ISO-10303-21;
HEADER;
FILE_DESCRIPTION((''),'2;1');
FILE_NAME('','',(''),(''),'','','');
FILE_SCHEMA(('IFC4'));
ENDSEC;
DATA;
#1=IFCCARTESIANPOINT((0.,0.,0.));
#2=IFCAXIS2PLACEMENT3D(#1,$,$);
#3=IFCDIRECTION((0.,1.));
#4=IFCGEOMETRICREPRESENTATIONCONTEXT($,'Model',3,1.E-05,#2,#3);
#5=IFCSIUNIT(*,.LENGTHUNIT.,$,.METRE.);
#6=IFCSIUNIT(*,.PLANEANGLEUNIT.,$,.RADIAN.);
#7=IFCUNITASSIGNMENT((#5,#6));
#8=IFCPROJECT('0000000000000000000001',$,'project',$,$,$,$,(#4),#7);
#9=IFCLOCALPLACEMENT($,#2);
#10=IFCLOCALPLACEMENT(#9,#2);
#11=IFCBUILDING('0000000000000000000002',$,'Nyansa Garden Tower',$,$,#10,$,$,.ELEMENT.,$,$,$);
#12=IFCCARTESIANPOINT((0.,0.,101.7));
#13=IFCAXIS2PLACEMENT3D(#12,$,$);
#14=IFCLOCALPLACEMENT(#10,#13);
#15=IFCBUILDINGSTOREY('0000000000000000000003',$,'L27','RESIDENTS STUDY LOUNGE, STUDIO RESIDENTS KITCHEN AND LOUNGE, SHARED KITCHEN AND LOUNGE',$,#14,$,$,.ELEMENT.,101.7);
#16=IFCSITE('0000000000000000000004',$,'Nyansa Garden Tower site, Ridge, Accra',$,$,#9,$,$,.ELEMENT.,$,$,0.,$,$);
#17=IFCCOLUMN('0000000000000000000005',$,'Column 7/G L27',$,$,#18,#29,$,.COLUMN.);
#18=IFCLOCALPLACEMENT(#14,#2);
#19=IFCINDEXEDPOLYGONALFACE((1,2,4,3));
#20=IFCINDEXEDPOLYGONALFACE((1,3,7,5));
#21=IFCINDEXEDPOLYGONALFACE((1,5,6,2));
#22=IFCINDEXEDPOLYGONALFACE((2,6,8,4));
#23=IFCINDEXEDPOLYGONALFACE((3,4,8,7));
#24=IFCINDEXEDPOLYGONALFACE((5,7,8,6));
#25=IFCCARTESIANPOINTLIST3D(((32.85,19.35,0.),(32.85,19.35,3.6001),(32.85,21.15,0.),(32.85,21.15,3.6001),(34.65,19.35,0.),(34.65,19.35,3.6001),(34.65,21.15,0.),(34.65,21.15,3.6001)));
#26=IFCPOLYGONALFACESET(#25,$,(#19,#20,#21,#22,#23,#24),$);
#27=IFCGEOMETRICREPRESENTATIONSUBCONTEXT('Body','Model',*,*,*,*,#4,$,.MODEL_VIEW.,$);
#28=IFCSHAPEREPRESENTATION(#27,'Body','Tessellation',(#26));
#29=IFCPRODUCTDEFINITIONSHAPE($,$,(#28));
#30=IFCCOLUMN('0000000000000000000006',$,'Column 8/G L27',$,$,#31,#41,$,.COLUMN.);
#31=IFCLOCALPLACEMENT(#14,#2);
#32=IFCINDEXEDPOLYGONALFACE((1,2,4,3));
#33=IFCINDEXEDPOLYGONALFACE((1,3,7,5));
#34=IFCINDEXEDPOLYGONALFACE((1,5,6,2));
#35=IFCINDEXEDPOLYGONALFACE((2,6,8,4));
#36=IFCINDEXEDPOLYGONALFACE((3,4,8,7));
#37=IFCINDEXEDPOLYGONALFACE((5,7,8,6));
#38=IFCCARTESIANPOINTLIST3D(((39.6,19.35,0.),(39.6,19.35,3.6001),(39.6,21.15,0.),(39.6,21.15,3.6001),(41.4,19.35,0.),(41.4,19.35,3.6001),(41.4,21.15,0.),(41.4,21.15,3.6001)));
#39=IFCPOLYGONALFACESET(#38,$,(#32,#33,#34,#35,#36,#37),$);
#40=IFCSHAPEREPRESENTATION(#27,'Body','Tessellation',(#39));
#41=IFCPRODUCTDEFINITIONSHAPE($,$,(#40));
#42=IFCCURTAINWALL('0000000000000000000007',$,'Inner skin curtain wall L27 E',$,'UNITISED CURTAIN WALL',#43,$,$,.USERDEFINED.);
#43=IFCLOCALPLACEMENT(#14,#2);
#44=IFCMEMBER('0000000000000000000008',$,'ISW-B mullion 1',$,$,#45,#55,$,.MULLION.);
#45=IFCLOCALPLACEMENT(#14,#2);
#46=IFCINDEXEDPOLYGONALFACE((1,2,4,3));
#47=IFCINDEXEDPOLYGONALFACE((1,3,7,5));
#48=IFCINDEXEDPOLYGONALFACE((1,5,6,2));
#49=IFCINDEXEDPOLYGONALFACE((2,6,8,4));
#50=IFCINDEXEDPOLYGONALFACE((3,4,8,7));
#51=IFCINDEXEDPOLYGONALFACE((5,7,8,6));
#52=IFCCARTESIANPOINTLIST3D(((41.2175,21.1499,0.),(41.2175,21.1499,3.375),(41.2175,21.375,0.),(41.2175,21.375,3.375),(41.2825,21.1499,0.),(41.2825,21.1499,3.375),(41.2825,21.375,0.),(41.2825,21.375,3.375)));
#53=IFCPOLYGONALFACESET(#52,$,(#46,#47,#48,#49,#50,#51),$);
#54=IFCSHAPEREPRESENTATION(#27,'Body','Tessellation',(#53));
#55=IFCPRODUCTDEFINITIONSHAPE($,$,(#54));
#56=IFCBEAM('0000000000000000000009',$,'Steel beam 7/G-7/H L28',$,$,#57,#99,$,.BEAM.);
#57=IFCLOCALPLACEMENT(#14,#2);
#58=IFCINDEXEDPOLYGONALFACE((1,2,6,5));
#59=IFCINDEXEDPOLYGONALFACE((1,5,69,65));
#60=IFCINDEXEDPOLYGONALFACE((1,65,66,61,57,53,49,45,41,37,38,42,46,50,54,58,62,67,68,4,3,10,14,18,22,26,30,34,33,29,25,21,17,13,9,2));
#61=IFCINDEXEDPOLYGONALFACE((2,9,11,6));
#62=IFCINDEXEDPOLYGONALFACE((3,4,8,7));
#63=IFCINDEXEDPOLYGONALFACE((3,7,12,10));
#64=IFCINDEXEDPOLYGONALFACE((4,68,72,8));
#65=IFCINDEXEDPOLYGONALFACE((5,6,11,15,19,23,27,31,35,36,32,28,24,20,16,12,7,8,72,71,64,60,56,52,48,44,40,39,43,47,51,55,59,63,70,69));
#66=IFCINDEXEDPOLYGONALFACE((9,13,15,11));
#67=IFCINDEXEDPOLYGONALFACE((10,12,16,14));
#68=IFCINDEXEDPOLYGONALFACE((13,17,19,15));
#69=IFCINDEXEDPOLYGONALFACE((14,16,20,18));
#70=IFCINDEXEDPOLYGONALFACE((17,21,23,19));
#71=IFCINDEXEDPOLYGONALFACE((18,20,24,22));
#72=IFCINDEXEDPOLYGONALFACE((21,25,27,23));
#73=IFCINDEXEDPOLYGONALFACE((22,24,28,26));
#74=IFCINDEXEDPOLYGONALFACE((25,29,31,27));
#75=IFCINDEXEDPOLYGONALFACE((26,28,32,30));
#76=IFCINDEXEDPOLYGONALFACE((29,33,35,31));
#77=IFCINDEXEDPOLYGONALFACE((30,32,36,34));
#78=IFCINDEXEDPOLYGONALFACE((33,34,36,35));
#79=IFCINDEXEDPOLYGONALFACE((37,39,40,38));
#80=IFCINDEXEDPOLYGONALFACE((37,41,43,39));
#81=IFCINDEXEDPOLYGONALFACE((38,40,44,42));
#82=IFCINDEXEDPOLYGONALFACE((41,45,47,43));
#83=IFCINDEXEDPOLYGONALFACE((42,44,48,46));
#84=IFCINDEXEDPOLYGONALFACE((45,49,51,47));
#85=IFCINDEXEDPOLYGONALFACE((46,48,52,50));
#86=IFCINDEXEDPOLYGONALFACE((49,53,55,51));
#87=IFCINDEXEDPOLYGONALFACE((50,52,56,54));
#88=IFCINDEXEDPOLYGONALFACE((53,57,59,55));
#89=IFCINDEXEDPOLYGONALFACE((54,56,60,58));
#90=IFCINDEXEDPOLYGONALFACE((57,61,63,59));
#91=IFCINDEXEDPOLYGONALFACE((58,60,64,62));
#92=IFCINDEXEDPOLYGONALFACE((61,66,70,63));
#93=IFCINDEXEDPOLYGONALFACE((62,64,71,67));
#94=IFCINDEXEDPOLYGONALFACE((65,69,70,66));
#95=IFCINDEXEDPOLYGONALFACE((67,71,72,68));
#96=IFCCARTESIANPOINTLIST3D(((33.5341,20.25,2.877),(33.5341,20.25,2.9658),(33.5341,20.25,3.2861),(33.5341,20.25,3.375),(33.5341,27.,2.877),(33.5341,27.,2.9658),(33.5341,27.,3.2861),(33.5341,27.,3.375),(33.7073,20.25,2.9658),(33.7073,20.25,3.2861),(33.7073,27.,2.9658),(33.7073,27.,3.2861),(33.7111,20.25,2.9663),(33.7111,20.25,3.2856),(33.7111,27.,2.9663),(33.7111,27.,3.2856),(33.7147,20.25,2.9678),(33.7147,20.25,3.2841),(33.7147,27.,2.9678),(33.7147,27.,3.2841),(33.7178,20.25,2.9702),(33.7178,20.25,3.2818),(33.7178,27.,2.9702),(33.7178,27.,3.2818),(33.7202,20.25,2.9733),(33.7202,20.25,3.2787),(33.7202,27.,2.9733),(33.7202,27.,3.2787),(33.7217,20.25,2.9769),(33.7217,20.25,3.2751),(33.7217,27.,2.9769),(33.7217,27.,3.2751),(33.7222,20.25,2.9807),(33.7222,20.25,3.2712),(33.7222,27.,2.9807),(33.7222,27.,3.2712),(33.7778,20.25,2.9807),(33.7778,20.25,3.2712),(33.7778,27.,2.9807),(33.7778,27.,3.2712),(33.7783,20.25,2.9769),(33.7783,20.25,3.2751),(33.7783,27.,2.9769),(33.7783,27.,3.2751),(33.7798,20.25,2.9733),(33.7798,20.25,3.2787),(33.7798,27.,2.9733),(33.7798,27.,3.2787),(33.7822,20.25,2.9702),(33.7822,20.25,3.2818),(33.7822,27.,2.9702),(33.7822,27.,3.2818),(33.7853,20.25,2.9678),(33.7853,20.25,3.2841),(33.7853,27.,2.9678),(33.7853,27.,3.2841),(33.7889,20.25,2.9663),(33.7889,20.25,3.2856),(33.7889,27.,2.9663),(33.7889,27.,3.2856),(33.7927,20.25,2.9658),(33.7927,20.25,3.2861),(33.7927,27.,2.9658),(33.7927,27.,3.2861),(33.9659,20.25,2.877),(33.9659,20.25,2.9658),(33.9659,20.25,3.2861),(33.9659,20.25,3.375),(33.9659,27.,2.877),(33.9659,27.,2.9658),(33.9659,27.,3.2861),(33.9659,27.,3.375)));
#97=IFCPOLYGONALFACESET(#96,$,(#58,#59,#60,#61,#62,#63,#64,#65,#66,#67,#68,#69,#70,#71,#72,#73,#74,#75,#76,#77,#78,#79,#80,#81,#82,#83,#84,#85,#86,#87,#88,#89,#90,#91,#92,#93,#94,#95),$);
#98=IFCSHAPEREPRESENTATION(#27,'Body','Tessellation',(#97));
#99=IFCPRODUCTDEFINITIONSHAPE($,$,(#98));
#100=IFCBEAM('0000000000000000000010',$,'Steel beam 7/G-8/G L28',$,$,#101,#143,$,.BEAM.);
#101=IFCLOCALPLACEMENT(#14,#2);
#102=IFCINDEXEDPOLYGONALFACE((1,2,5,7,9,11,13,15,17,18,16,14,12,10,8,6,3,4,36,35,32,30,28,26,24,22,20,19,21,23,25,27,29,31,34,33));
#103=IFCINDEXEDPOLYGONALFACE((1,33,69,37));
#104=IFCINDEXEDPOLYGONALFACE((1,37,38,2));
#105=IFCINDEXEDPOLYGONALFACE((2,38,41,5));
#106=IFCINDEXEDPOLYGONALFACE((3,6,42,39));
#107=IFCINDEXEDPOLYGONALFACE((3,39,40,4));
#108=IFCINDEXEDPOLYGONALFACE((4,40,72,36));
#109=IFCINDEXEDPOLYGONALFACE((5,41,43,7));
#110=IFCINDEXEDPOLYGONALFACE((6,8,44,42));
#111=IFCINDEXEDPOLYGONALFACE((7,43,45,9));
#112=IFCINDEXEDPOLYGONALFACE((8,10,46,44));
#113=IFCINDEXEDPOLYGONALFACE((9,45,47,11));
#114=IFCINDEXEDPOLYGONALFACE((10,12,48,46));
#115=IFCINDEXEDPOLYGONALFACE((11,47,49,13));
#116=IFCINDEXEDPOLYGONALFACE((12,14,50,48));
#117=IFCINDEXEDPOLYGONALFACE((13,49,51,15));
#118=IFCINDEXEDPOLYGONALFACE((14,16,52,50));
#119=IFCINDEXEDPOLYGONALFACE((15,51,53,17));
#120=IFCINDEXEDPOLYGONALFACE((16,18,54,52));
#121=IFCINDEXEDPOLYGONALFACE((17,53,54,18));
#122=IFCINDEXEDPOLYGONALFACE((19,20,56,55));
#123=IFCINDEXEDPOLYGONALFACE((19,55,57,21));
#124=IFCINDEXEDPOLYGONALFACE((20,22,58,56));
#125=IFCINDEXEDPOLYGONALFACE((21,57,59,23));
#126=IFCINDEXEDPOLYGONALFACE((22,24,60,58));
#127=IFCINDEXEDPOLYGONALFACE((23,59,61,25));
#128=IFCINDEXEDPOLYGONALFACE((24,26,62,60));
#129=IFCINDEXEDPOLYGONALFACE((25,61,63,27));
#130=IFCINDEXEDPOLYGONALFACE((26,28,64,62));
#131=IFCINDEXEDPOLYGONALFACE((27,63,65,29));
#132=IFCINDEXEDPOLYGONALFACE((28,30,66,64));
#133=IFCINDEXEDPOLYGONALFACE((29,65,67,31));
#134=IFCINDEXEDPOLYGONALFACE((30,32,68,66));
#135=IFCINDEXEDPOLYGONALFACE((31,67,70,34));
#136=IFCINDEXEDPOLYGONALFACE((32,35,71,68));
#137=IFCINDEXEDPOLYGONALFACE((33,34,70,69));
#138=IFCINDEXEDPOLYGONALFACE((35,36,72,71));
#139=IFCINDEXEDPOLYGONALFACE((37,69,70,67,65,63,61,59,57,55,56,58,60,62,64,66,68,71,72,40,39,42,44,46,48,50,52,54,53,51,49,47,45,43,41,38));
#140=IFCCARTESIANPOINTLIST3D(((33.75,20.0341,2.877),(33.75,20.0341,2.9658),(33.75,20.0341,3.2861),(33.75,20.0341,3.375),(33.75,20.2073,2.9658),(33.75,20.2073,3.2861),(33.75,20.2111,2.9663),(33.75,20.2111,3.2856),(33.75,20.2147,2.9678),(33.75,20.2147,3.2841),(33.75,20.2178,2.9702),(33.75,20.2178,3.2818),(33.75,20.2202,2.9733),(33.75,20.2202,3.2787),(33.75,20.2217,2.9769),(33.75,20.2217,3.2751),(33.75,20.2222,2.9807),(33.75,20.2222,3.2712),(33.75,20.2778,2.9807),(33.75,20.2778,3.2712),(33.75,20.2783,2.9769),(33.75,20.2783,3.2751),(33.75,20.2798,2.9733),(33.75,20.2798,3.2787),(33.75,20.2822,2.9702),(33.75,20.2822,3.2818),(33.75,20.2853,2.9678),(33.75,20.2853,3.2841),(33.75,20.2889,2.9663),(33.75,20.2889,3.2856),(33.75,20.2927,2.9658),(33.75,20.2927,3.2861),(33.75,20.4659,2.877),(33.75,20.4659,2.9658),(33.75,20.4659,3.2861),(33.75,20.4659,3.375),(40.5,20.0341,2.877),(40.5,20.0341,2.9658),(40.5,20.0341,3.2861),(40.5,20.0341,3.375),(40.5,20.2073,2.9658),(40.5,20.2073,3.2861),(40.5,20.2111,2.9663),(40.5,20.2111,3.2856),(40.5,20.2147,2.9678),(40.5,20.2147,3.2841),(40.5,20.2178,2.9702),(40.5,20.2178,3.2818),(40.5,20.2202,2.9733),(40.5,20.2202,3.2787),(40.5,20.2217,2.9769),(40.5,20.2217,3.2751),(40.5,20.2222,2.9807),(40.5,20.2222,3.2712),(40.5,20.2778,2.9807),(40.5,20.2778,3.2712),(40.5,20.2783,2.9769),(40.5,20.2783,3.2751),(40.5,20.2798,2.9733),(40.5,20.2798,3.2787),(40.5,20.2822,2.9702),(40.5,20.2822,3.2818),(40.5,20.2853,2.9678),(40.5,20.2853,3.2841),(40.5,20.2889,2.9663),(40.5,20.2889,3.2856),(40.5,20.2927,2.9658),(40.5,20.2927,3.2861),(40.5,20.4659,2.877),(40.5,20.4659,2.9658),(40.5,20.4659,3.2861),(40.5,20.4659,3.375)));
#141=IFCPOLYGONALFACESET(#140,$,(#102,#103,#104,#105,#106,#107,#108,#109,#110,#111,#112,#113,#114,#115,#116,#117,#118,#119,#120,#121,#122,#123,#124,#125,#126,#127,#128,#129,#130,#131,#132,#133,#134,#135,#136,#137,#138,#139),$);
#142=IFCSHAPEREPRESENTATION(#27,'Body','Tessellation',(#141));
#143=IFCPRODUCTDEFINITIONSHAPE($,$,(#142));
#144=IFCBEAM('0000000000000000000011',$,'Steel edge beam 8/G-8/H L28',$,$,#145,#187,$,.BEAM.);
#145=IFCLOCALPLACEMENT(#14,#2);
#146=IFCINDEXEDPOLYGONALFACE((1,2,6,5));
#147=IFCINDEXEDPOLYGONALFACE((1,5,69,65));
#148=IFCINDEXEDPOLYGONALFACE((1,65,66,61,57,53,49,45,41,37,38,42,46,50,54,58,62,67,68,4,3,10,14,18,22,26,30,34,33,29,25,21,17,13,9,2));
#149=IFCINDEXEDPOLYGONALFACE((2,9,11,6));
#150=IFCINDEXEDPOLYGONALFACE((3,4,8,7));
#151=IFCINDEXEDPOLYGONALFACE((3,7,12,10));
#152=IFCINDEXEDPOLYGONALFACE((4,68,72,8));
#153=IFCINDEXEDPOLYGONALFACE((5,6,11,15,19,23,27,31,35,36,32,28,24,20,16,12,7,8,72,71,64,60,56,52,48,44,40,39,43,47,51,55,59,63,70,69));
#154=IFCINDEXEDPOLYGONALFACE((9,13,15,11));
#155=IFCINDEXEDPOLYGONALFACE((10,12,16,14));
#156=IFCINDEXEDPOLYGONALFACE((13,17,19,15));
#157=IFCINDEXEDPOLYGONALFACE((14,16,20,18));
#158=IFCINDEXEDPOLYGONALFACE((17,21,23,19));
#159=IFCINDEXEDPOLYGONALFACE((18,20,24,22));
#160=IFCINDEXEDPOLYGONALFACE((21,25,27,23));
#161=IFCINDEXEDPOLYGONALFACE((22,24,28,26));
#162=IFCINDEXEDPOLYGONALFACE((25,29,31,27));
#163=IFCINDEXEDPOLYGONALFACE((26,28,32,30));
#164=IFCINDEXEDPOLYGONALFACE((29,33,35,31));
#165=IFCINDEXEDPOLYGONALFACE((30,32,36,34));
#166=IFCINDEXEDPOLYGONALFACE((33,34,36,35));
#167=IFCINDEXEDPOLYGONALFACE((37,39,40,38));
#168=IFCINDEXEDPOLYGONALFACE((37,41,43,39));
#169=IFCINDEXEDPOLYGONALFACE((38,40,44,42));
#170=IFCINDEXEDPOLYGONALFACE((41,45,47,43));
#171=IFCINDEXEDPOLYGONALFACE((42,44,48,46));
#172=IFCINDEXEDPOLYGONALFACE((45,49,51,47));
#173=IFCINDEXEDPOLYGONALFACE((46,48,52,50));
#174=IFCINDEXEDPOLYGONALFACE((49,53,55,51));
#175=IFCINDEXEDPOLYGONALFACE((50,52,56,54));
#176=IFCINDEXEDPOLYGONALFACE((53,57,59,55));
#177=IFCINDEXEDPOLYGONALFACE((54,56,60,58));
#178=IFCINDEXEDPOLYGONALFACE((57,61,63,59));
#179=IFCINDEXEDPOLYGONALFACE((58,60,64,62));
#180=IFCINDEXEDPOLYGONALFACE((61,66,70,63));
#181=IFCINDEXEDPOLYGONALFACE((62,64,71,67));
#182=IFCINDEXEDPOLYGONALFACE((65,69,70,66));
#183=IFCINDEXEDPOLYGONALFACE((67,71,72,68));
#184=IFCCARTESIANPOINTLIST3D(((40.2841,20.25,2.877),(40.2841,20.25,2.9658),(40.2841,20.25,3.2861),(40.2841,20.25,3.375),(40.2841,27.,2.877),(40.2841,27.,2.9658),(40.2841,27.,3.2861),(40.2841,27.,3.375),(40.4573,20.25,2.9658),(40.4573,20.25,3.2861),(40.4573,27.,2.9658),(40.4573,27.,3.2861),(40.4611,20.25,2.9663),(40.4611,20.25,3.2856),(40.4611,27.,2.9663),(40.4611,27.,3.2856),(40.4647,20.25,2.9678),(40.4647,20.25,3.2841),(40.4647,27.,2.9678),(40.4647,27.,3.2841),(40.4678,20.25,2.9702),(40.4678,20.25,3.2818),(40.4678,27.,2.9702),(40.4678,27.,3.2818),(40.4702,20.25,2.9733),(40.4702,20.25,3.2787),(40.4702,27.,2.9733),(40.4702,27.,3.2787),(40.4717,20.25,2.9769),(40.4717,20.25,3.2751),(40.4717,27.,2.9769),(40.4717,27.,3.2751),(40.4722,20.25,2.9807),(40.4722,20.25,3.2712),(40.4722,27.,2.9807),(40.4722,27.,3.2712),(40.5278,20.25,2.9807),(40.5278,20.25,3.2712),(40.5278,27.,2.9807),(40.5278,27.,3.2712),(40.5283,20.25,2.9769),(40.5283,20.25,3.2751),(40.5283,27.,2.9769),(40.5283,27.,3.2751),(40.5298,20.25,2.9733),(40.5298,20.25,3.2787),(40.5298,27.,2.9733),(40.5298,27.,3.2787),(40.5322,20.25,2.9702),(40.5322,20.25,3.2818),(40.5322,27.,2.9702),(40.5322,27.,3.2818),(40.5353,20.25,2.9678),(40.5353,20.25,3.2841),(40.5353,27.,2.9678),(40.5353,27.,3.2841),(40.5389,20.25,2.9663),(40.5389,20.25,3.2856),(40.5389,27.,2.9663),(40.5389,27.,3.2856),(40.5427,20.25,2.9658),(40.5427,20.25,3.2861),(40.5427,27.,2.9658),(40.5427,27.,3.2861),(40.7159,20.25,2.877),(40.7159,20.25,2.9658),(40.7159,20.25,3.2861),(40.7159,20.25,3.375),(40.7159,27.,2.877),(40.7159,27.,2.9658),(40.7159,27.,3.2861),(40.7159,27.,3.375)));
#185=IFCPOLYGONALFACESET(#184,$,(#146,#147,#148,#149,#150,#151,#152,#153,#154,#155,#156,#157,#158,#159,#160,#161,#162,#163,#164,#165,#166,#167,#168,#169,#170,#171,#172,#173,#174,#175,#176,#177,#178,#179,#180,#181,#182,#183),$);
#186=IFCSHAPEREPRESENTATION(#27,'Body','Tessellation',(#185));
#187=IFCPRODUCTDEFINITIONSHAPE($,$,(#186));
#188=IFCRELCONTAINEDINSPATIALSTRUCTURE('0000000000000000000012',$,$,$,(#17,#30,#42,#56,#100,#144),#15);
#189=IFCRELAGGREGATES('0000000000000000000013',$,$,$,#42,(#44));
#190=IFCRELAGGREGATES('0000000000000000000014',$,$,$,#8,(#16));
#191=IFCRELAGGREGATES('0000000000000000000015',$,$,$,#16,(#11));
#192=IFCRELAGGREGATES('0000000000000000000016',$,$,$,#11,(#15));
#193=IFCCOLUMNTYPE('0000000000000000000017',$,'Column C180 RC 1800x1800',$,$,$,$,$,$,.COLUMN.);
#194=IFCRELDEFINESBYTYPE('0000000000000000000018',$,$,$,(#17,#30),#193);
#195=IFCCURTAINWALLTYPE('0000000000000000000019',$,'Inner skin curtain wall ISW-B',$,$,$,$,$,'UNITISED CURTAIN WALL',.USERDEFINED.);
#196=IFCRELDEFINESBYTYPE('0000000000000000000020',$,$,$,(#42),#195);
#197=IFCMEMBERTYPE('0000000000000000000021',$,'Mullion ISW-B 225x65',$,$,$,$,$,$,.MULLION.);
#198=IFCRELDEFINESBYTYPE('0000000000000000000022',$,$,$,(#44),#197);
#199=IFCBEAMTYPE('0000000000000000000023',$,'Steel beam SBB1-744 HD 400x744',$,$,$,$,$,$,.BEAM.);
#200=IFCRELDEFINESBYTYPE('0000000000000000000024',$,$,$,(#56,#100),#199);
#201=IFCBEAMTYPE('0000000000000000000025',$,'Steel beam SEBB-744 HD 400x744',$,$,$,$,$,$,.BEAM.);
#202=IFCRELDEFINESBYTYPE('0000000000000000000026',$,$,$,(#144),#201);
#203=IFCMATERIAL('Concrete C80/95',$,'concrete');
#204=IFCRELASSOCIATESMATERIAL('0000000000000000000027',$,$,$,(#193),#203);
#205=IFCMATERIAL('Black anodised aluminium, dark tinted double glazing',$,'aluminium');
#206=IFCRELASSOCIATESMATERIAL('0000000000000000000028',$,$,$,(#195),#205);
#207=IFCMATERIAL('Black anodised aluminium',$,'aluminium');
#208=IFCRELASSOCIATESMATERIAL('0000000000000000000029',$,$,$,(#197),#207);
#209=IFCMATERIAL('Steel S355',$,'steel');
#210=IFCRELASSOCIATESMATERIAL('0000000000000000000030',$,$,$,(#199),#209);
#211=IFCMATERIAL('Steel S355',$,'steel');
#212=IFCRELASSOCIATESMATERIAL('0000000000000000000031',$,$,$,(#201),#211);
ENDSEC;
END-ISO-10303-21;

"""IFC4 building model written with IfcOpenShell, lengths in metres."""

from ifc_helpers import new_model, si_unit, direction, frame, origin, origin_2d, place, context, subcontext, project, spatial, rectangle, i_section, extrude, material, material_profile, profile_set, type_object, element, aggregate, save


model = new_model("IFC4")

# Units and contexts
model_context = context("Model", 3, precision=1e-05, world=origin(), true_north=direction((0.0, 1.0)))
body_context = subcontext(model_context, "Body", "Model", "MODEL_VIEW")
ifc_project = project(units=[si_unit("LENGTHUNIT", "METRE"), si_unit("PLANEANGLEUNIT", "RADIAN")], contexts=[model_context])

# Site, building, storey
site_placement = place(None, origin())
site = spatial("IfcSite", under=ifc_project, at=site_placement, Name="Nyansa Garden Tower site, Ridge, Accra", CompositionType="ELEMENT", RefElevation=0.0)
building_placement = place(site_placement, origin())
building = spatial("IfcBuilding", under=site, at=building_placement, Name="Nyansa Garden Tower", CompositionType="ELEMENT")
storey_placement = place(building_placement, frame((0.0, 0.0, 101.7)))
storey = spatial("IfcBuildingStorey", under=building, at=storey_placement, Name="L27", Description="RESIDENTS STUDY LOUNGE, STUDIO RESIDENTS KITCHEN AND LOUNGE, SHARED KITCHEN AND LOUNGE", CompositionType="ELEMENT", Elevation=101.7)

# Columns
ifc_material_1 = material(Name="Concrete C80/95", Category="concrete")
ifc_material_profile_1 = material_profile(ifc_material_1, rectangle(XDim=1.8, YDim=1.8, at=origin_2d()), Name="RC 1800x1800")
ifc_profile_set_1 = profile_set([ifc_material_profile_1], Name="Concrete C80/95")
column_type = type_object("IfcColumnType", Name="Column C180 RC 1800x1800", PredefinedType="COLUMN", material=ifc_profile_set_1)
for number, where, z_axis, x_axis, name in (
    (1, (33.75, 20.25, 0.0), (0.0, 0.0, 1.0), (1.0, 0.0, 0.0), "Column 7/G L27"),
    (2, (40.5, 20.25, 0.0), (0.0, 0.0, 1.0), (1.0, 0.0, 0.0), "Column 8/G L27"),
):
    element("IfcColumn", number, at=place(storey_placement, frame(where, z_axis=z_axis, x_axis=x_axis)), inside=storey, type_object=column_type, Name=name, PredefinedType="COLUMN", context=body_context, shape_type="SweptSolid", body=[
        extrude(rectangle(XDim=1.8, YDim=1.8, at=origin_2d()), origin(), (0.0, 0.0, 1.0), 3.6001),
    ])

# Curtain wall, member
ifc_material_2 = material(Name="Black anodised aluminium, dark tinted double glazing", Category="aluminium")
curtain_wall_type = type_object("IfcCurtainWallType", Name="Inner skin curtain wall ISW-B", ElementType="UNITISED CURTAIN WALL", PredefinedType="USERDEFINED", material=ifc_material_2)
curtain_wall_placement = place(storey_placement, origin())
curtain_wall = element("IfcCurtainWall", 3, at=curtain_wall_placement, inside=storey, type_object=curtain_wall_type, Name="Inner skin curtain wall L27 E", ObjectType="UNITISED CURTAIN WALL", PredefinedType="USERDEFINED")
ifc_material_3 = material(Name="Black anodised aluminium", Category="aluminium")
ifc_material_profile_2 = material_profile(ifc_material_3, rectangle(XDim=0.0649, YDim=0.2251, at=origin_2d()), Name="Mullion 225x65")
ifc_profile_set_2 = profile_set([ifc_material_profile_2], Name="Black anodised aluminium")
member_type_1 = type_object("IfcMemberType", Name="Mullion ISW-B 225x65", PredefinedType="MULLION", material=ifc_profile_set_2)
member_1_placement = place(storey_placement, frame((41.25, 21.2625, 0.0), z_axis=(0.0, 0.0, 1.0), x_axis=(-1.0, 0.0, 0.0)))
member_1 = element("IfcMember", 4, at=member_1_placement, type_object=member_type_1, Name="ISW-B mullion 1", PredefinedType="MULLION", context=body_context, shape_type="SweptSolid", body=[
    extrude(rectangle(XDim=0.0649, YDim=0.2251, at=origin_2d()), origin(), (0.0, 0.0, 1.0), 3.375),
])

# Beams
ifc_material_4 = material(Name="Steel S355", Category="steel")
ifc_material_profile_3 = material_profile(ifc_material_4, i_section(OverallWidth=0.4319, OverallDepth=0.498, WebThickness=0.0557, FlangeThickness=0.0889, FilletRadius=0.0149, at=origin_2d()), Name="HD 400x744")
ifc_profile_set_3 = profile_set([ifc_material_profile_3], Name="Steel S355")
beam_type_1 = type_object("IfcBeamType", Name="Steel beam SBB1-744 HD 400x744", PredefinedType="BEAM", material=ifc_profile_set_3)
for number, where, z_axis, x_axis, name in (
    (5, (33.75, 20.25, 3.126), (0.0, 1.0, 0.0), (-1.0, 0.0, 0.0), "Steel beam 7/G-7/H L28"),
    (6, (33.75, 20.25, 3.126), (1.0, 0.0, 0.0), (0.0, 1.0, 0.0), "Steel beam 7/G-8/G L28"),
):
    element("IfcBeam", number, at=place(storey_placement, frame(where, z_axis=z_axis, x_axis=x_axis)), inside=storey, type_object=beam_type_1, Name=name, PredefinedType="BEAM", context=body_context, shape_type="SweptSolid", body=[
        extrude(i_section(OverallWidth=0.4319, OverallDepth=0.498, WebThickness=0.0557, FlangeThickness=0.0889, FilletRadius=0.0149, at=origin_2d()), origin(), (0.0, 0.0, 1.0), 6.75),
    ])
ifc_material_5 = material(Name="Steel S355", Category="steel")
ifc_material_profile_4 = material_profile(ifc_material_5, i_section(OverallWidth=0.4319, OverallDepth=0.498, WebThickness=0.0557, FlangeThickness=0.0889, FilletRadius=0.0149, at=origin_2d()), Name="HD 400x744")
ifc_profile_set_4 = profile_set([ifc_material_profile_4], Name="Steel S355")
beam_type_2 = type_object("IfcBeamType", Name="Steel beam SEBB-744 HD 400x744", PredefinedType="BEAM", material=ifc_profile_set_4)
beam_placement = place(storey_placement, frame((40.5, 20.25, 3.126), z_axis=(0.0, 1.0, 0.0), x_axis=(-1.0, 0.0, 0.0)))
element("IfcBeam", 7, at=beam_placement, inside=storey, type_object=beam_type_2, Name="Steel edge beam 8/G-8/H L28", PredefinedType="BEAM", context=body_context, shape_type="SweptSolid", body=[
    extrude(i_section(OverallWidth=0.4319, OverallDepth=0.498, WebThickness=0.0557, FlangeThickness=0.0889, FilletRadius=0.0149, at=origin_2d()), origin(), (0.0, 0.0, 1.0), 6.75),
])

aggregate(curtain_wall, [member_1])

save(model, "model.ifc")
